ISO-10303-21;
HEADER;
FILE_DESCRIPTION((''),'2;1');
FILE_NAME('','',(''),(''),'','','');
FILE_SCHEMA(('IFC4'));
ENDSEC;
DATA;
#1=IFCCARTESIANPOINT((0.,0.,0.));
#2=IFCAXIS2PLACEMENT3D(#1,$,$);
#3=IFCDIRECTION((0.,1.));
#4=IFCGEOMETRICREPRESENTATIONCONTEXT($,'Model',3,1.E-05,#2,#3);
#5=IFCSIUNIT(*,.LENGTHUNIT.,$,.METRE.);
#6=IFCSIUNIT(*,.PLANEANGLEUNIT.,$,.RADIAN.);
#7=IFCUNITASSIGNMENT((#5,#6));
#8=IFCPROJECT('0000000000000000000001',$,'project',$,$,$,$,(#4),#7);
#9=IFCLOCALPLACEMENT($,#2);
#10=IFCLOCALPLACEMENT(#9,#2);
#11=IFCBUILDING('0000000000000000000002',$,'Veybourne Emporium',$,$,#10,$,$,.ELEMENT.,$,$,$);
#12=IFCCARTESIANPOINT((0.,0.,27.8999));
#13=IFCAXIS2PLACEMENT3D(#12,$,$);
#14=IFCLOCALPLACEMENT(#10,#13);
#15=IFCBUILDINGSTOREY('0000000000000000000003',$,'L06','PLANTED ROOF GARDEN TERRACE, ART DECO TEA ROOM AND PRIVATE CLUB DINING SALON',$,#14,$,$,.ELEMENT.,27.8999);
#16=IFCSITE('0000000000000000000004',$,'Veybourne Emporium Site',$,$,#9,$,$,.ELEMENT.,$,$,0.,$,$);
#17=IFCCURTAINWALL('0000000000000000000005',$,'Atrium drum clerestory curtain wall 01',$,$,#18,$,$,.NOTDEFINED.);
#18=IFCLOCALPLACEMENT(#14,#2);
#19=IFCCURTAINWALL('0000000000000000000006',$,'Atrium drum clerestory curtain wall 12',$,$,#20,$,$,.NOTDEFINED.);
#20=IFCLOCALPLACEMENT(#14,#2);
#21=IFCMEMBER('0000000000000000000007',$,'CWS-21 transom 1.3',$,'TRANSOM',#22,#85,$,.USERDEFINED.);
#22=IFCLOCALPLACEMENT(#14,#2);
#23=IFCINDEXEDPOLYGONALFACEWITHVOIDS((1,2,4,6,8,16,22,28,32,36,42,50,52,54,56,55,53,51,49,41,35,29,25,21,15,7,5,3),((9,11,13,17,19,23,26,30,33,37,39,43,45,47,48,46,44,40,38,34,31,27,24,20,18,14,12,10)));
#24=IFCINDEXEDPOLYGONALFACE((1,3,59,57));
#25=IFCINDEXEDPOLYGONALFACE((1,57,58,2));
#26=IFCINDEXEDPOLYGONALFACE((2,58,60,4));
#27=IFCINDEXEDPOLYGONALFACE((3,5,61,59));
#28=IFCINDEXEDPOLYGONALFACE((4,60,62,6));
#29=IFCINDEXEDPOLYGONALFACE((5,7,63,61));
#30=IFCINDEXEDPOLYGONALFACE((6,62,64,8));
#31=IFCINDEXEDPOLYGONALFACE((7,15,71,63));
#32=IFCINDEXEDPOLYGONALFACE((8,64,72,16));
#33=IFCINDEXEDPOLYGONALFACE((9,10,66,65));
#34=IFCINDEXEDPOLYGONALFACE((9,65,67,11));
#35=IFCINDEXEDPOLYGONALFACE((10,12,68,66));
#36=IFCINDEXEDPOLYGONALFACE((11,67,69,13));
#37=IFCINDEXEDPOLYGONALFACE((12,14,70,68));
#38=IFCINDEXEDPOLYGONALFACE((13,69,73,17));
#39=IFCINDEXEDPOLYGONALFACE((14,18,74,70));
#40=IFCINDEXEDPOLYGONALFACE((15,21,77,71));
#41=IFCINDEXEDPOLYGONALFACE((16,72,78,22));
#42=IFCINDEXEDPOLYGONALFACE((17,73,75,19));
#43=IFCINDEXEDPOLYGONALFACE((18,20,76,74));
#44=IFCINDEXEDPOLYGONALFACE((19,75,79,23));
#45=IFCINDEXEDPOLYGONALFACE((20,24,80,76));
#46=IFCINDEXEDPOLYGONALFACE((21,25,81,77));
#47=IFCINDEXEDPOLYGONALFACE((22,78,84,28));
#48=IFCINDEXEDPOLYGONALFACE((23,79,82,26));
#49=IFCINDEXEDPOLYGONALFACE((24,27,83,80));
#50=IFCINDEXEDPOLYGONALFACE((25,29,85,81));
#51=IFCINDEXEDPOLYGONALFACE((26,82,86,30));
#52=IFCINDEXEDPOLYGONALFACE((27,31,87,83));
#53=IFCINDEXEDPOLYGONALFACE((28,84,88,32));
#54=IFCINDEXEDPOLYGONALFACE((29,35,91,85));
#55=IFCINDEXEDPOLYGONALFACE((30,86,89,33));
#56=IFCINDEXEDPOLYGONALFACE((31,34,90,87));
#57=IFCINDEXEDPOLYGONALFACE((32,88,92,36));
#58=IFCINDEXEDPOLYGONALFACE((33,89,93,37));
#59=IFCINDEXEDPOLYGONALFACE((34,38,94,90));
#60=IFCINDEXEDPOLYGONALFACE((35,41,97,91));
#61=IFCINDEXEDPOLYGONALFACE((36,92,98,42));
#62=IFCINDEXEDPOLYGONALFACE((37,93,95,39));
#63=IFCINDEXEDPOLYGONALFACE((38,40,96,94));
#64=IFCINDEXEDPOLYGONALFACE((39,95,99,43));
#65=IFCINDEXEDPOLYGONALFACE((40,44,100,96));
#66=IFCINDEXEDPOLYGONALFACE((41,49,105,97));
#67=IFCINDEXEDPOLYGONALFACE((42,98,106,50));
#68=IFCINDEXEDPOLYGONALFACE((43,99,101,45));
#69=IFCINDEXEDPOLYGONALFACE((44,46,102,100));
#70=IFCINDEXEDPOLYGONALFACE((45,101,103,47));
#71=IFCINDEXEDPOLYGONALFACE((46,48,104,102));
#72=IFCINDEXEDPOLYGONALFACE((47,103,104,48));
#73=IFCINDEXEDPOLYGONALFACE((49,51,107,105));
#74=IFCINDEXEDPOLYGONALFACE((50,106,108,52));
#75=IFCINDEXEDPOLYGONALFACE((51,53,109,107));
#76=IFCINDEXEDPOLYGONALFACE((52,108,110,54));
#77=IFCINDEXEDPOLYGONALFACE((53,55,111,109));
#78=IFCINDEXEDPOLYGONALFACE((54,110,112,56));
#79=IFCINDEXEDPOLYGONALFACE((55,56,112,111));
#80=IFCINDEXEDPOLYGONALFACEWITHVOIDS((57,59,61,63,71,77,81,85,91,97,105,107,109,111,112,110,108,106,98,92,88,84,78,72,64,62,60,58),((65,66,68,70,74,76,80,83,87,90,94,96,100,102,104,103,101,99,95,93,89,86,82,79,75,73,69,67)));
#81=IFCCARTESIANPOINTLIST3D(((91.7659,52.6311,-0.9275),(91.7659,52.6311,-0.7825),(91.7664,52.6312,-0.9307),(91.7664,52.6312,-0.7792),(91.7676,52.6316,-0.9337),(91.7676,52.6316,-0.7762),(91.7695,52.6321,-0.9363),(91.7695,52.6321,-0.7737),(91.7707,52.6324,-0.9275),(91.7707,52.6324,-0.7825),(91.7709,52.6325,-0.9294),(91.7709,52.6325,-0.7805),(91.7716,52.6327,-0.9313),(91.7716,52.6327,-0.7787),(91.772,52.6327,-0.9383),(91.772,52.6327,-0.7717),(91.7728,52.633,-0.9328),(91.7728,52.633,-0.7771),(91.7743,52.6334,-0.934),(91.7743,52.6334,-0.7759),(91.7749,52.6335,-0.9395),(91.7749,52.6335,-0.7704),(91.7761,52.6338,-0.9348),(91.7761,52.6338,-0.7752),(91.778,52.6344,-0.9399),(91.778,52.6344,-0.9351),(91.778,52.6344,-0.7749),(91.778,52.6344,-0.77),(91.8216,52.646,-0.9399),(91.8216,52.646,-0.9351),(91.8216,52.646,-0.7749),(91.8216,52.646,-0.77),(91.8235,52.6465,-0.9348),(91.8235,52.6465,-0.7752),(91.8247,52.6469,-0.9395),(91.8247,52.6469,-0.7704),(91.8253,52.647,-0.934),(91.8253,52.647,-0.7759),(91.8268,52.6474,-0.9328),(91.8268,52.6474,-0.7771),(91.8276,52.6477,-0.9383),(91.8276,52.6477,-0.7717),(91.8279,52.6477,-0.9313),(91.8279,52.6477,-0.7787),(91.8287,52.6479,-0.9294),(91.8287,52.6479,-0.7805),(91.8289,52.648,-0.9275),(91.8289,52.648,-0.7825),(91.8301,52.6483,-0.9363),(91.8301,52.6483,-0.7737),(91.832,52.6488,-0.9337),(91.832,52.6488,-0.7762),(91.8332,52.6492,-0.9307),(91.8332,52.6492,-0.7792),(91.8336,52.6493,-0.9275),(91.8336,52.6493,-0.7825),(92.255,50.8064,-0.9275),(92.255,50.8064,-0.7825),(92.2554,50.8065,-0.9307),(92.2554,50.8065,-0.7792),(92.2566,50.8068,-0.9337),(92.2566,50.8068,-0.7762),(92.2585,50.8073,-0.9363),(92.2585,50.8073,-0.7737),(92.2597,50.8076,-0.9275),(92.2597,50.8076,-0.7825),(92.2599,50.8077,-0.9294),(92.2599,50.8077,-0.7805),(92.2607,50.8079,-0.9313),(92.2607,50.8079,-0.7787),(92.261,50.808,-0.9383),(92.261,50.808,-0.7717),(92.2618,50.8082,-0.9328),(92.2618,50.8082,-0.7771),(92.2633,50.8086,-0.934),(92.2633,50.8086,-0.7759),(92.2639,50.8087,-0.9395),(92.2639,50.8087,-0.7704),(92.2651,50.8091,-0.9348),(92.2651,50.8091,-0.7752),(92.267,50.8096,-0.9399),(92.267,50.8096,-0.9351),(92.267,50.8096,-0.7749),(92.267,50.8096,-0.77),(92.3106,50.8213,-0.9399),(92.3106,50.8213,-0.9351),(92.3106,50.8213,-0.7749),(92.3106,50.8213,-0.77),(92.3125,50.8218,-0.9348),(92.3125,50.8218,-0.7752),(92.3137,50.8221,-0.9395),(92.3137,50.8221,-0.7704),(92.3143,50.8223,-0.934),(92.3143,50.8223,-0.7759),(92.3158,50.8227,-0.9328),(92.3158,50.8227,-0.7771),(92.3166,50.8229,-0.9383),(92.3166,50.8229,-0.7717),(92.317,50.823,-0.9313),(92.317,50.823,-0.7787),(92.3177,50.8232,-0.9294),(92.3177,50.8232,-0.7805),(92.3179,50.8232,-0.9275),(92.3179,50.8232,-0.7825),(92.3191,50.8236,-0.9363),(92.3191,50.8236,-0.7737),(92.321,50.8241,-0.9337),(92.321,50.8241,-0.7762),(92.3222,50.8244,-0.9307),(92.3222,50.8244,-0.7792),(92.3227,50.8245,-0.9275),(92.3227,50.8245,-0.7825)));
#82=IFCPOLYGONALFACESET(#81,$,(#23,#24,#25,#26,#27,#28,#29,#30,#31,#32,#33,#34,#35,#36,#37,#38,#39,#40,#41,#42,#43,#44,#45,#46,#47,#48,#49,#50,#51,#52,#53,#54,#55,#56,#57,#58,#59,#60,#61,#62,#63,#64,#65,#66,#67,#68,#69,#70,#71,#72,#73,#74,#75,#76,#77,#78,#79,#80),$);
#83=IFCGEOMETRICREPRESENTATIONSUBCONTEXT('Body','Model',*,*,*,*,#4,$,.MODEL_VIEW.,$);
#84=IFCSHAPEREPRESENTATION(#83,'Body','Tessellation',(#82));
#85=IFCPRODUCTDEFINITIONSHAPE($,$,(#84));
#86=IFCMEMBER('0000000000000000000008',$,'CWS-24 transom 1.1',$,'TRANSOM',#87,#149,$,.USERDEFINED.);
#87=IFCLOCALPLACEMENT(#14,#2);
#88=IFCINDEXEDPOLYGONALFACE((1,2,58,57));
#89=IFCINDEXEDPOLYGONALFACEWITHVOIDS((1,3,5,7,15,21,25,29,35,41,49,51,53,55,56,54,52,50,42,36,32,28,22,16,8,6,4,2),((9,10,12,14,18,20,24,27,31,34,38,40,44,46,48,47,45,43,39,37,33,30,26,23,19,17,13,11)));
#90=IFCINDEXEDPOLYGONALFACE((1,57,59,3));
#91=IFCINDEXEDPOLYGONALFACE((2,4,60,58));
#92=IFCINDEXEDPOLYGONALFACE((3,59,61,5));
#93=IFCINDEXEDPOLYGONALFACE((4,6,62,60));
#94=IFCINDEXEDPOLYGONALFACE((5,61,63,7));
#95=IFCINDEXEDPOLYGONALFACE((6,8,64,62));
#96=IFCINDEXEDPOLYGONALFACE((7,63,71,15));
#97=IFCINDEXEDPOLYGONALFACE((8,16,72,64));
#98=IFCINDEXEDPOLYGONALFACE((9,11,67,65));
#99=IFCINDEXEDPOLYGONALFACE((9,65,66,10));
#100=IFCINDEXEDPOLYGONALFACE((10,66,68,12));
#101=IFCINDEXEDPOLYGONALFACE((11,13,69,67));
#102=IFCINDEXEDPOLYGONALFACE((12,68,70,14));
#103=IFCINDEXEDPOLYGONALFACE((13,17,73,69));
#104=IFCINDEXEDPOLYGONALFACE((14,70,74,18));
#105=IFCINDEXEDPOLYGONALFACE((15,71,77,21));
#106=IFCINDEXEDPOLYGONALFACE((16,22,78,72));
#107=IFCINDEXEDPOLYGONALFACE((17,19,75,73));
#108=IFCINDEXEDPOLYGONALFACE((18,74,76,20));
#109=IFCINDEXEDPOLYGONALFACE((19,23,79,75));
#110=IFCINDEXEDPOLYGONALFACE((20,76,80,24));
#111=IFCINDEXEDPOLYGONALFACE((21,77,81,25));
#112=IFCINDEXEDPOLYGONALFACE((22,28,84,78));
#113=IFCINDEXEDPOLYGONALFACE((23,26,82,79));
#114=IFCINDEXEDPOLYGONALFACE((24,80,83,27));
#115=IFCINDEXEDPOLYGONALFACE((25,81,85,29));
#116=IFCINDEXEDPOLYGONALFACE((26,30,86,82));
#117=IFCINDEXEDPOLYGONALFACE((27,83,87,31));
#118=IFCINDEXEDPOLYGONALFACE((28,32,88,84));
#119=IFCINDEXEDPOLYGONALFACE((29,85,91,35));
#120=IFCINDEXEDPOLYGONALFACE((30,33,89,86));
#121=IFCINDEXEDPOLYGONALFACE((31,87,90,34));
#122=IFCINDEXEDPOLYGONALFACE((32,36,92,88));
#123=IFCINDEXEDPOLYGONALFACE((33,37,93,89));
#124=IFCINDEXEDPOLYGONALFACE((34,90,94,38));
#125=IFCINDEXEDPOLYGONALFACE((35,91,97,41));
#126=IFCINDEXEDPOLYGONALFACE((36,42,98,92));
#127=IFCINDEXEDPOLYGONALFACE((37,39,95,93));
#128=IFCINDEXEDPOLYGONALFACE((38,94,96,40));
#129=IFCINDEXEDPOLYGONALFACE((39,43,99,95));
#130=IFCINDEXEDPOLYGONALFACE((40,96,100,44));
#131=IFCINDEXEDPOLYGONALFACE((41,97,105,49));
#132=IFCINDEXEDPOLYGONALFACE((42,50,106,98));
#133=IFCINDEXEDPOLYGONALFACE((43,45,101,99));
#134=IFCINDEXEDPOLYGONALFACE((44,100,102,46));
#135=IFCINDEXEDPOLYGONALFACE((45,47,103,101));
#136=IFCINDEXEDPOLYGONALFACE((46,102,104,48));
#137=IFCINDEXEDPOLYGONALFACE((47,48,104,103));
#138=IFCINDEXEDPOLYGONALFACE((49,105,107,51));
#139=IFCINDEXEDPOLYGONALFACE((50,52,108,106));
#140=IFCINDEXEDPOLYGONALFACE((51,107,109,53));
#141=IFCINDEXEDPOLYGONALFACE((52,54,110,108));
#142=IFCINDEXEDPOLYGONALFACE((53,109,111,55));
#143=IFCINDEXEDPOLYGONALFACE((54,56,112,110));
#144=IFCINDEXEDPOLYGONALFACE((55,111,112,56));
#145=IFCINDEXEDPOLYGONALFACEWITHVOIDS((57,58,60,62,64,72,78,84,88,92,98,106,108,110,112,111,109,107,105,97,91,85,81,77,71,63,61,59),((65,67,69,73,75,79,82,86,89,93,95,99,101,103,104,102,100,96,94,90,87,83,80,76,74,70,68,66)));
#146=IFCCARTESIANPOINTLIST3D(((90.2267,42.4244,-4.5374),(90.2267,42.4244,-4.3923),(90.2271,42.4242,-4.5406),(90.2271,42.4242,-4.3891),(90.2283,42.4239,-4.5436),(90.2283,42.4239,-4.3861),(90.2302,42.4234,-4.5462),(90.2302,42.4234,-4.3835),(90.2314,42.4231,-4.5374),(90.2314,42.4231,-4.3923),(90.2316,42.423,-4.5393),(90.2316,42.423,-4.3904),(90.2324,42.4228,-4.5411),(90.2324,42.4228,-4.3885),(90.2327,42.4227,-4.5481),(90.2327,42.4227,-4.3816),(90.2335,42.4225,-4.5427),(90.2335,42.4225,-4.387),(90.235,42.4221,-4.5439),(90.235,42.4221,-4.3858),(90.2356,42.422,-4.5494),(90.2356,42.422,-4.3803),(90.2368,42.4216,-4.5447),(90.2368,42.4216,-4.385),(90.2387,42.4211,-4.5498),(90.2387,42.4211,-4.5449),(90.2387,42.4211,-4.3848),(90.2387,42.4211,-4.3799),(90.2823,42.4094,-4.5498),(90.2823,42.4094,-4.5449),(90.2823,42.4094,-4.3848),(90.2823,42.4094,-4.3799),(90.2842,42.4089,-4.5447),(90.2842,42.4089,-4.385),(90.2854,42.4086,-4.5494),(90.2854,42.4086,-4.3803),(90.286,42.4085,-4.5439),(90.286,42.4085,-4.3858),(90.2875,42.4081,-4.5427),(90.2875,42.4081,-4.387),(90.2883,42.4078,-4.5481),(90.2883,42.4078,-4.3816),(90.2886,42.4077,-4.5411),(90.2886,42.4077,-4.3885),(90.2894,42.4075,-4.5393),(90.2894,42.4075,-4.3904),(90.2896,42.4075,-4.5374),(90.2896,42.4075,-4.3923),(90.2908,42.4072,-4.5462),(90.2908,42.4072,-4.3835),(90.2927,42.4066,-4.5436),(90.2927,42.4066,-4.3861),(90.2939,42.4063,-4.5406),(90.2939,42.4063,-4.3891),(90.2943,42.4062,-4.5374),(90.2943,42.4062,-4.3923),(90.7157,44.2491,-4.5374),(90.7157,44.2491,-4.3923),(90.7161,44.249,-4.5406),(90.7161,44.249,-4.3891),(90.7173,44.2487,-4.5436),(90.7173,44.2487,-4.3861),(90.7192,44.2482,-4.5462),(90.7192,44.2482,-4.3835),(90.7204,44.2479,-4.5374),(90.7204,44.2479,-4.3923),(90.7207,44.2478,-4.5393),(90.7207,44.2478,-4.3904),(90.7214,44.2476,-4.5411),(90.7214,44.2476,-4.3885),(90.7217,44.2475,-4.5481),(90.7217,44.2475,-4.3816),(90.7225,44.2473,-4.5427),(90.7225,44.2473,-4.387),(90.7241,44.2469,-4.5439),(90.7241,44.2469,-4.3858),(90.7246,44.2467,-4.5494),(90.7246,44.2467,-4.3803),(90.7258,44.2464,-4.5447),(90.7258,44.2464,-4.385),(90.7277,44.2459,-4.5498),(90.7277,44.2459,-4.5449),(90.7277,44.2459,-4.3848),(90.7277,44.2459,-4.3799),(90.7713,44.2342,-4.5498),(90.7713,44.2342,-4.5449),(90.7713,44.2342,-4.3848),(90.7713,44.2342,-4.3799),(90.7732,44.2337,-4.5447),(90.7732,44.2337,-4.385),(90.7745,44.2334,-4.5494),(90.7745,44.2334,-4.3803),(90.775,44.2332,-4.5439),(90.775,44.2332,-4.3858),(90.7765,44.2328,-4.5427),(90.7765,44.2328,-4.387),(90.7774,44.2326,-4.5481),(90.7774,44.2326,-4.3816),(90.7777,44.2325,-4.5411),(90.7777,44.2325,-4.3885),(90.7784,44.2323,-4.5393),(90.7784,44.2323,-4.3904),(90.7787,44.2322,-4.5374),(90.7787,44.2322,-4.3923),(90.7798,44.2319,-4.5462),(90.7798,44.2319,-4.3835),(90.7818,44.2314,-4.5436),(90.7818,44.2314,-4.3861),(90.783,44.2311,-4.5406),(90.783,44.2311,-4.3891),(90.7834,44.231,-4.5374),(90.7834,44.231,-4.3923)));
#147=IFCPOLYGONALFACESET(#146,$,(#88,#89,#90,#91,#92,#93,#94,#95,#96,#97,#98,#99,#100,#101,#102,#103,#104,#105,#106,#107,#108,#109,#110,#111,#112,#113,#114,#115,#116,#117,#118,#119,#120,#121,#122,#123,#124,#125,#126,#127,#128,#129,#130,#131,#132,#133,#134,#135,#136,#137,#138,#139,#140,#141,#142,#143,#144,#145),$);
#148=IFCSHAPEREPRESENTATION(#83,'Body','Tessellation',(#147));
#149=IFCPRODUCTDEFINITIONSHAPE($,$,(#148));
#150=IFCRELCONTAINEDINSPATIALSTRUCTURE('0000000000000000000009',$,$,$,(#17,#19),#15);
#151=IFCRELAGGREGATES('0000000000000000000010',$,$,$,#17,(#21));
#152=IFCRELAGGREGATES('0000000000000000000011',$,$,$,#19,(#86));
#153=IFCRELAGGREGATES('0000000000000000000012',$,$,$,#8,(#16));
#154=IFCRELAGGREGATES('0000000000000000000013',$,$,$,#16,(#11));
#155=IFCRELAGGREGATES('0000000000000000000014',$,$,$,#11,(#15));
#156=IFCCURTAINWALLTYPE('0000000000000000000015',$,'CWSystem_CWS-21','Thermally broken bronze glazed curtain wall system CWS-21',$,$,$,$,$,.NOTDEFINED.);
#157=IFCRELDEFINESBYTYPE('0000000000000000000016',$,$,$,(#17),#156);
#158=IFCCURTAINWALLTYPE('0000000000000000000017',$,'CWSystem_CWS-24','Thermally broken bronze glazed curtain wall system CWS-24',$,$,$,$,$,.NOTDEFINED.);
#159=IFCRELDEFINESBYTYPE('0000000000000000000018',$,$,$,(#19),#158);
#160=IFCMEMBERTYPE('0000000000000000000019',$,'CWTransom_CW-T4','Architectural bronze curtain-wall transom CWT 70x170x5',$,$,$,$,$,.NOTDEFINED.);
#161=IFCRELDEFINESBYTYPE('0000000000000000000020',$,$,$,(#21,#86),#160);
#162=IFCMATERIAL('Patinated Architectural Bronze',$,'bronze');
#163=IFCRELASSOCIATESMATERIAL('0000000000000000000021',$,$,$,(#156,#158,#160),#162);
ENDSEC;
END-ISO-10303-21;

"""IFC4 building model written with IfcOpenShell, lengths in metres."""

from ifc_helpers import new_model, si_unit, direction, frame, origin, origin_2d, place, context, subcontext, project, spatial, hollow_rectangle, extrude, material, material_profile, profile_set, type_object, element, aggregate, save


model = new_model("IFC4")

# Units and contexts
model_context = context("Model", 3, precision=1e-05, world=origin(), true_north=direction((0.0, 1.0)))
body_context = subcontext(model_context, "Body", "Model", "MODEL_VIEW")
ifc_project = project(units=[si_unit("LENGTHUNIT", "METRE"), si_unit("PLANEANGLEUNIT", "RADIAN")], contexts=[model_context])

# Site, building, storey
site_placement = place(None, origin())
site = spatial("IfcSite", under=ifc_project, at=site_placement, Name="Veybourne Emporium Site", CompositionType="ELEMENT", RefElevation=0.0)
building_placement = place(site_placement, origin())
building = spatial("IfcBuilding", under=site, at=building_placement, Name="Veybourne Emporium", CompositionType="ELEMENT")
storey_placement = place(building_placement, frame((0.0, 0.0, 27.8999)))
storey = spatial("IfcBuildingStorey", under=building, at=storey_placement, Name="L06", Description="PLANTED ROOF GARDEN TERRACE, ART DECO TEA ROOM AND PRIVATE CLUB DINING SALON", CompositionType="ELEMENT", Elevation=27.8999)

# Curtain wall
ifc_material_1 = material(Name="Patinated Architectural Bronze", Category="bronze")
curtain_wall_type_1 = type_object("IfcCurtainWallType", Name="CWSystem_CWS-21", Description="Thermally broken bronze glazed curtain wall system CWS-21", PredefinedType="NOTDEFINED", material=ifc_material_1)
curtain_wall_1_placement = place(storey_placement, origin())
curtain_wall_1 = element("IfcCurtainWall", 1, at=curtain_wall_1_placement, inside=storey, type_object=curtain_wall_type_1, Name="Atrium drum clerestory curtain wall 01", PredefinedType="NOTDEFINED")

# Curtain wall
curtain_wall_type_2 = type_object("IfcCurtainWallType", Name="CWSystem_CWS-24", Description="Thermally broken bronze glazed curtain wall system CWS-24", PredefinedType="NOTDEFINED", material=ifc_material_1)
curtain_wall_2_placement = place(storey_placement, origin())
curtain_wall_2 = element("IfcCurtainWall", 2, at=curtain_wall_2_placement, inside=storey, type_object=curtain_wall_type_2, Name="Atrium drum clerestory curtain wall 12", PredefinedType="NOTDEFINED")

# Members
ifc_material_profile_1 = material_profile(ifc_material_1, hollow_rectangle(XDim=0.0701, YDim=0.1699, WallThickness=0.0049, InnerFilletRadius=0.0076, OuterFilletRadius=0.0125, at=origin_2d()), Name="CWT 70x170x5")
ifc_profile_set_1 = profile_set([ifc_material_profile_1], Name="Patinated Architectural Bronze")
member_type_1 = type_object("IfcMemberType", Name="CWTransom_CW-T4", Description="Architectural bronze curtain-wall transom CWT 70x170x5", PredefinedType="NOTDEFINED", material=ifc_profile_set_1)
member_1_placement = place(storey_placement, frame((92.2888, 50.8154, -0.855), z_axis=(-0.258861, 0.965915, 0.0), x_axis=(-0.965915, -0.258861, 0.0)))
member_1 = element("IfcMember", 3, at=member_1_placement, type_object=member_type_1, Name="CWS-21 transom 1.3", ObjectType="TRANSOM", PredefinedType="USERDEFINED", context=body_context, shape_type="SweptSolid", body=[
    extrude(hollow_rectangle(XDim=0.0701, YDim=0.1699, WallThickness=0.0049, InnerFilletRadius=0.0076, OuterFilletRadius=0.0125, at=origin_2d()), origin(), (0.0, 0.0, 1.0), 1.8892),
])
member_2_placement = place(storey_placement, frame((90.2605, 42.4153, -4.4648), z_axis=(0.258861, 0.965915, 0.0), x_axis=(-0.965915, 0.258861, 0.0)))
member_2 = element("IfcMember", 4, at=member_2_placement, type_object=member_type_1, Name="CWS-24 transom 1.1", ObjectType="TRANSOM", PredefinedType="USERDEFINED", context=body_context, shape_type="SweptSolid", body=[
    extrude(hollow_rectangle(XDim=0.0701, YDim=0.1699, WallThickness=0.0049, InnerFilletRadius=0.0076, OuterFilletRadius=0.0125, at=origin_2d()), origin(), (0.0, 0.0, 1.0), 1.8892),
])

aggregate(curtain_wall_1, [member_1])
aggregate(curtain_wall_2, [member_2])

save(model, "model.ifc")
